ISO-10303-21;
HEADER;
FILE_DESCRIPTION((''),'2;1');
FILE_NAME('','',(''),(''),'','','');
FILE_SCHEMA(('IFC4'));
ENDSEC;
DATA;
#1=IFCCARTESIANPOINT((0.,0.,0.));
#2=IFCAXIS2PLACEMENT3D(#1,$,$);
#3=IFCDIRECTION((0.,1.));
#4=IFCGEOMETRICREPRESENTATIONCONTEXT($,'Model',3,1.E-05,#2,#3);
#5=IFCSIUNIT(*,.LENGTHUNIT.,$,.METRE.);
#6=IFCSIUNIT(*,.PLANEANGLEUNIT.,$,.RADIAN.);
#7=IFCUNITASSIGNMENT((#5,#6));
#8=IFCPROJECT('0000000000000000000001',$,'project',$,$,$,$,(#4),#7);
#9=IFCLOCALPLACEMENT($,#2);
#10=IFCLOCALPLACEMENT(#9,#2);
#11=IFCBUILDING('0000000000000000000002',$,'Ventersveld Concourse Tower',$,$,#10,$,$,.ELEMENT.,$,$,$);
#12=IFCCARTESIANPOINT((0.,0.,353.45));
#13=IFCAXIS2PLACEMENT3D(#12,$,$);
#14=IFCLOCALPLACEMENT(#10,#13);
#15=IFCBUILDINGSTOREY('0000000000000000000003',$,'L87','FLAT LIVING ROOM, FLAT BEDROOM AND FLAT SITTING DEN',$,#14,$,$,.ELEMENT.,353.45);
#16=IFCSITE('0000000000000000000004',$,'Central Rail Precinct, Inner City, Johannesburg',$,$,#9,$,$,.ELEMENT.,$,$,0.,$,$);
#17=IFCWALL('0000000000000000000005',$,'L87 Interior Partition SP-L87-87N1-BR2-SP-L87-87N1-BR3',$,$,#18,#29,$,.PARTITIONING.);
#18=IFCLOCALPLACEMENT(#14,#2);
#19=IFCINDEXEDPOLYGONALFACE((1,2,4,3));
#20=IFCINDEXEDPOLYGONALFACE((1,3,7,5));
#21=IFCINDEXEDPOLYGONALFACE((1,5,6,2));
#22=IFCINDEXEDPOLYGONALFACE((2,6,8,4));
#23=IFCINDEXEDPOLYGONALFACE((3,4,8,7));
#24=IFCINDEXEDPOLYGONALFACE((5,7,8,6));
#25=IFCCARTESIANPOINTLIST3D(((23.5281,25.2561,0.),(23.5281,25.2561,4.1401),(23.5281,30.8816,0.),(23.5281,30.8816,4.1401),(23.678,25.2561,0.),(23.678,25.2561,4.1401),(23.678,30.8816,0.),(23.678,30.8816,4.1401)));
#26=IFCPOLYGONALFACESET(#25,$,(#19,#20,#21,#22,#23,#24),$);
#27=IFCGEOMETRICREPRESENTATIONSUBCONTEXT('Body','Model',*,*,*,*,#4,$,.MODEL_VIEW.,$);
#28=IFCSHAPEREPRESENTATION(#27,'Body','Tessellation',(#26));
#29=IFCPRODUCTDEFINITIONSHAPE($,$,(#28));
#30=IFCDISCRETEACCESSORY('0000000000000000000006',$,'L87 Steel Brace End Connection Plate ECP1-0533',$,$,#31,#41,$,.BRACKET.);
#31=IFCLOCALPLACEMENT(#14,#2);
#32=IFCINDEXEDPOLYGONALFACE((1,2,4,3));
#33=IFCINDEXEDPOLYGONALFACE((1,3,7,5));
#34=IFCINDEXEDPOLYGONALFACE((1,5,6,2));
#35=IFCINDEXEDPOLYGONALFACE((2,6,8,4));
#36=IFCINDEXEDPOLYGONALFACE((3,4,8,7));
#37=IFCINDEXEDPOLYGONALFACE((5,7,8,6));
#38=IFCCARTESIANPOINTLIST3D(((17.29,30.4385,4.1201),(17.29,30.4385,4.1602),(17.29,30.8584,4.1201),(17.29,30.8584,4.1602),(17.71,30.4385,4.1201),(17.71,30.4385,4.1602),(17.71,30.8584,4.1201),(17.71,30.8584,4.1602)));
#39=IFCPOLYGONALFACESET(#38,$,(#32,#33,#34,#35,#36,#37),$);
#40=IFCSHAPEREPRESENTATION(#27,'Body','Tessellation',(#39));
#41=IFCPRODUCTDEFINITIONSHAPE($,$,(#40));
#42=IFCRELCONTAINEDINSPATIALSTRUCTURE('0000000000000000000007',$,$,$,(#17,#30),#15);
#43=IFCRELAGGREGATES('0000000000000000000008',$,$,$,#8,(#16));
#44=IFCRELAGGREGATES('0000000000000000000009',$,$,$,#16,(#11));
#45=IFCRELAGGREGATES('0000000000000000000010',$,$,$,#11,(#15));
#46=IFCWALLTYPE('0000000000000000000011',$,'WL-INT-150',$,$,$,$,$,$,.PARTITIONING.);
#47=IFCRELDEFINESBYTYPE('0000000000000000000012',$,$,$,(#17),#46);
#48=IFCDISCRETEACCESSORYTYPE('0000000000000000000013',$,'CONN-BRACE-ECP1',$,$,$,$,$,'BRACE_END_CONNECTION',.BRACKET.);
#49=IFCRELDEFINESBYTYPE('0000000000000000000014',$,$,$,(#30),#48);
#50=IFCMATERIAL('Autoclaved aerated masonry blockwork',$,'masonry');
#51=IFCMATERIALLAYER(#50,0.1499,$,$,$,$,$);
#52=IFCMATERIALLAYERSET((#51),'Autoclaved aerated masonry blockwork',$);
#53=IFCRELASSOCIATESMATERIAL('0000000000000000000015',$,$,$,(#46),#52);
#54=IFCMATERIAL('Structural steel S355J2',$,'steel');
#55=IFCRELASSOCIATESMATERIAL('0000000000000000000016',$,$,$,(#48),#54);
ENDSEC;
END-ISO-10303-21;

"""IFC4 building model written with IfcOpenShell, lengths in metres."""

from ifc_helpers import new_model, si_unit, direction, frame, frame_2d, origin, origin_2d, place, context, subcontext, project, spatial, rectangle, extrude, material, layer, layer_set, type_object, element, save


model = new_model("IFC4")

# Units and contexts
model_context = context("Model", 3, precision=1e-05, world=origin(), true_north=direction((0.0, 1.0)))
body_context = subcontext(model_context, "Body", "Model", "MODEL_VIEW")
ifc_project = project(units=[si_unit("LENGTHUNIT", "METRE"), si_unit("PLANEANGLEUNIT", "RADIAN")], contexts=[model_context])

# Site, building, storey
site_placement = place(None, origin())
site = spatial("IfcSite", under=ifc_project, at=site_placement, Name="Central Rail Precinct, Inner City, Johannesburg", CompositionType="ELEMENT", RefElevation=0.0)
building_placement = place(site_placement, origin())
building = spatial("IfcBuilding", under=site, at=building_placement, Name="Ventersveld Concourse Tower", CompositionType="ELEMENT")
storey_placement = place(building_placement, frame((0.0, 0.0, 353.45)))
storey = spatial("IfcBuildingStorey", under=building, at=storey_placement, Name="L87", Description="FLAT LIVING ROOM, FLAT BEDROOM AND FLAT SITTING DEN", CompositionType="ELEMENT", Elevation=353.45)

# Shared definitions
ifc_material_1 = material(Name="Structural steel S355J2", Category="steel")

# Shared definitions
ifc_material_2 = material(Name="Autoclaved aerated masonry blockwork", Category="masonry")
ifc_layer = layer(ifc_material_2, 0.1499)
ifc_layer_set = layer_set([ifc_layer], Name="Autoclaved aerated masonry blockwork")
wall_type = type_object("IfcWallType", Name="WL-INT-150", PredefinedType="PARTITIONING", material=ifc_layer_set)

# Wall
for number, where, z_axis, x_axis, name in (
    (1, (23.603, 25.2561, 0.0), (0.0, 0.0, 1.0), (0.0, 1.0, 0.0), "L87 Interior Partition SP-L87-87N1-BR2-SP-L87-87N1-BR3"),
):
    element("IfcWall", number, at=place(storey_placement, frame(where, z_axis=z_axis, x_axis=x_axis)), inside=storey, type_object=wall_type, Name=name, PredefinedType="PARTITIONING", context=body_context, shape_type="SweptSolid", body=[
        extrude(rectangle(XDim=5.6255, YDim=0.1499, at=frame_2d((2.8127, 0.0))), origin(), (0.0, 0.0, 1.0), 4.1401),
    ])

# Discrete accessory
discrete_accessory_type = type_object("IfcDiscreteAccessoryType", Name="CONN-BRACE-ECP1", ElementType="BRACE_END_CONNECTION", PredefinedType="BRACKET", material=ifc_material_1)
discrete_accessory_placement = place(storey_placement, frame((17.5, 30.6484, 4.1201), z_axis=(0.0, 0.0, 1.0), x_axis=(1.0, 0.0, 0.0)))
element("IfcDiscreteAccessory", 2, at=discrete_accessory_placement, inside=storey, type_object=discrete_accessory_type, Name="L87 Steel Brace End Connection Plate ECP1-0533", PredefinedType="BRACKET", context=body_context, shape_type="SweptSolid", body=[
    extrude(rectangle(XDim=0.4199, YDim=0.4199, at=origin_2d()), origin(), (0.0, 0.0, 1.0), 0.04),
])

save(model, "model.ifc")
